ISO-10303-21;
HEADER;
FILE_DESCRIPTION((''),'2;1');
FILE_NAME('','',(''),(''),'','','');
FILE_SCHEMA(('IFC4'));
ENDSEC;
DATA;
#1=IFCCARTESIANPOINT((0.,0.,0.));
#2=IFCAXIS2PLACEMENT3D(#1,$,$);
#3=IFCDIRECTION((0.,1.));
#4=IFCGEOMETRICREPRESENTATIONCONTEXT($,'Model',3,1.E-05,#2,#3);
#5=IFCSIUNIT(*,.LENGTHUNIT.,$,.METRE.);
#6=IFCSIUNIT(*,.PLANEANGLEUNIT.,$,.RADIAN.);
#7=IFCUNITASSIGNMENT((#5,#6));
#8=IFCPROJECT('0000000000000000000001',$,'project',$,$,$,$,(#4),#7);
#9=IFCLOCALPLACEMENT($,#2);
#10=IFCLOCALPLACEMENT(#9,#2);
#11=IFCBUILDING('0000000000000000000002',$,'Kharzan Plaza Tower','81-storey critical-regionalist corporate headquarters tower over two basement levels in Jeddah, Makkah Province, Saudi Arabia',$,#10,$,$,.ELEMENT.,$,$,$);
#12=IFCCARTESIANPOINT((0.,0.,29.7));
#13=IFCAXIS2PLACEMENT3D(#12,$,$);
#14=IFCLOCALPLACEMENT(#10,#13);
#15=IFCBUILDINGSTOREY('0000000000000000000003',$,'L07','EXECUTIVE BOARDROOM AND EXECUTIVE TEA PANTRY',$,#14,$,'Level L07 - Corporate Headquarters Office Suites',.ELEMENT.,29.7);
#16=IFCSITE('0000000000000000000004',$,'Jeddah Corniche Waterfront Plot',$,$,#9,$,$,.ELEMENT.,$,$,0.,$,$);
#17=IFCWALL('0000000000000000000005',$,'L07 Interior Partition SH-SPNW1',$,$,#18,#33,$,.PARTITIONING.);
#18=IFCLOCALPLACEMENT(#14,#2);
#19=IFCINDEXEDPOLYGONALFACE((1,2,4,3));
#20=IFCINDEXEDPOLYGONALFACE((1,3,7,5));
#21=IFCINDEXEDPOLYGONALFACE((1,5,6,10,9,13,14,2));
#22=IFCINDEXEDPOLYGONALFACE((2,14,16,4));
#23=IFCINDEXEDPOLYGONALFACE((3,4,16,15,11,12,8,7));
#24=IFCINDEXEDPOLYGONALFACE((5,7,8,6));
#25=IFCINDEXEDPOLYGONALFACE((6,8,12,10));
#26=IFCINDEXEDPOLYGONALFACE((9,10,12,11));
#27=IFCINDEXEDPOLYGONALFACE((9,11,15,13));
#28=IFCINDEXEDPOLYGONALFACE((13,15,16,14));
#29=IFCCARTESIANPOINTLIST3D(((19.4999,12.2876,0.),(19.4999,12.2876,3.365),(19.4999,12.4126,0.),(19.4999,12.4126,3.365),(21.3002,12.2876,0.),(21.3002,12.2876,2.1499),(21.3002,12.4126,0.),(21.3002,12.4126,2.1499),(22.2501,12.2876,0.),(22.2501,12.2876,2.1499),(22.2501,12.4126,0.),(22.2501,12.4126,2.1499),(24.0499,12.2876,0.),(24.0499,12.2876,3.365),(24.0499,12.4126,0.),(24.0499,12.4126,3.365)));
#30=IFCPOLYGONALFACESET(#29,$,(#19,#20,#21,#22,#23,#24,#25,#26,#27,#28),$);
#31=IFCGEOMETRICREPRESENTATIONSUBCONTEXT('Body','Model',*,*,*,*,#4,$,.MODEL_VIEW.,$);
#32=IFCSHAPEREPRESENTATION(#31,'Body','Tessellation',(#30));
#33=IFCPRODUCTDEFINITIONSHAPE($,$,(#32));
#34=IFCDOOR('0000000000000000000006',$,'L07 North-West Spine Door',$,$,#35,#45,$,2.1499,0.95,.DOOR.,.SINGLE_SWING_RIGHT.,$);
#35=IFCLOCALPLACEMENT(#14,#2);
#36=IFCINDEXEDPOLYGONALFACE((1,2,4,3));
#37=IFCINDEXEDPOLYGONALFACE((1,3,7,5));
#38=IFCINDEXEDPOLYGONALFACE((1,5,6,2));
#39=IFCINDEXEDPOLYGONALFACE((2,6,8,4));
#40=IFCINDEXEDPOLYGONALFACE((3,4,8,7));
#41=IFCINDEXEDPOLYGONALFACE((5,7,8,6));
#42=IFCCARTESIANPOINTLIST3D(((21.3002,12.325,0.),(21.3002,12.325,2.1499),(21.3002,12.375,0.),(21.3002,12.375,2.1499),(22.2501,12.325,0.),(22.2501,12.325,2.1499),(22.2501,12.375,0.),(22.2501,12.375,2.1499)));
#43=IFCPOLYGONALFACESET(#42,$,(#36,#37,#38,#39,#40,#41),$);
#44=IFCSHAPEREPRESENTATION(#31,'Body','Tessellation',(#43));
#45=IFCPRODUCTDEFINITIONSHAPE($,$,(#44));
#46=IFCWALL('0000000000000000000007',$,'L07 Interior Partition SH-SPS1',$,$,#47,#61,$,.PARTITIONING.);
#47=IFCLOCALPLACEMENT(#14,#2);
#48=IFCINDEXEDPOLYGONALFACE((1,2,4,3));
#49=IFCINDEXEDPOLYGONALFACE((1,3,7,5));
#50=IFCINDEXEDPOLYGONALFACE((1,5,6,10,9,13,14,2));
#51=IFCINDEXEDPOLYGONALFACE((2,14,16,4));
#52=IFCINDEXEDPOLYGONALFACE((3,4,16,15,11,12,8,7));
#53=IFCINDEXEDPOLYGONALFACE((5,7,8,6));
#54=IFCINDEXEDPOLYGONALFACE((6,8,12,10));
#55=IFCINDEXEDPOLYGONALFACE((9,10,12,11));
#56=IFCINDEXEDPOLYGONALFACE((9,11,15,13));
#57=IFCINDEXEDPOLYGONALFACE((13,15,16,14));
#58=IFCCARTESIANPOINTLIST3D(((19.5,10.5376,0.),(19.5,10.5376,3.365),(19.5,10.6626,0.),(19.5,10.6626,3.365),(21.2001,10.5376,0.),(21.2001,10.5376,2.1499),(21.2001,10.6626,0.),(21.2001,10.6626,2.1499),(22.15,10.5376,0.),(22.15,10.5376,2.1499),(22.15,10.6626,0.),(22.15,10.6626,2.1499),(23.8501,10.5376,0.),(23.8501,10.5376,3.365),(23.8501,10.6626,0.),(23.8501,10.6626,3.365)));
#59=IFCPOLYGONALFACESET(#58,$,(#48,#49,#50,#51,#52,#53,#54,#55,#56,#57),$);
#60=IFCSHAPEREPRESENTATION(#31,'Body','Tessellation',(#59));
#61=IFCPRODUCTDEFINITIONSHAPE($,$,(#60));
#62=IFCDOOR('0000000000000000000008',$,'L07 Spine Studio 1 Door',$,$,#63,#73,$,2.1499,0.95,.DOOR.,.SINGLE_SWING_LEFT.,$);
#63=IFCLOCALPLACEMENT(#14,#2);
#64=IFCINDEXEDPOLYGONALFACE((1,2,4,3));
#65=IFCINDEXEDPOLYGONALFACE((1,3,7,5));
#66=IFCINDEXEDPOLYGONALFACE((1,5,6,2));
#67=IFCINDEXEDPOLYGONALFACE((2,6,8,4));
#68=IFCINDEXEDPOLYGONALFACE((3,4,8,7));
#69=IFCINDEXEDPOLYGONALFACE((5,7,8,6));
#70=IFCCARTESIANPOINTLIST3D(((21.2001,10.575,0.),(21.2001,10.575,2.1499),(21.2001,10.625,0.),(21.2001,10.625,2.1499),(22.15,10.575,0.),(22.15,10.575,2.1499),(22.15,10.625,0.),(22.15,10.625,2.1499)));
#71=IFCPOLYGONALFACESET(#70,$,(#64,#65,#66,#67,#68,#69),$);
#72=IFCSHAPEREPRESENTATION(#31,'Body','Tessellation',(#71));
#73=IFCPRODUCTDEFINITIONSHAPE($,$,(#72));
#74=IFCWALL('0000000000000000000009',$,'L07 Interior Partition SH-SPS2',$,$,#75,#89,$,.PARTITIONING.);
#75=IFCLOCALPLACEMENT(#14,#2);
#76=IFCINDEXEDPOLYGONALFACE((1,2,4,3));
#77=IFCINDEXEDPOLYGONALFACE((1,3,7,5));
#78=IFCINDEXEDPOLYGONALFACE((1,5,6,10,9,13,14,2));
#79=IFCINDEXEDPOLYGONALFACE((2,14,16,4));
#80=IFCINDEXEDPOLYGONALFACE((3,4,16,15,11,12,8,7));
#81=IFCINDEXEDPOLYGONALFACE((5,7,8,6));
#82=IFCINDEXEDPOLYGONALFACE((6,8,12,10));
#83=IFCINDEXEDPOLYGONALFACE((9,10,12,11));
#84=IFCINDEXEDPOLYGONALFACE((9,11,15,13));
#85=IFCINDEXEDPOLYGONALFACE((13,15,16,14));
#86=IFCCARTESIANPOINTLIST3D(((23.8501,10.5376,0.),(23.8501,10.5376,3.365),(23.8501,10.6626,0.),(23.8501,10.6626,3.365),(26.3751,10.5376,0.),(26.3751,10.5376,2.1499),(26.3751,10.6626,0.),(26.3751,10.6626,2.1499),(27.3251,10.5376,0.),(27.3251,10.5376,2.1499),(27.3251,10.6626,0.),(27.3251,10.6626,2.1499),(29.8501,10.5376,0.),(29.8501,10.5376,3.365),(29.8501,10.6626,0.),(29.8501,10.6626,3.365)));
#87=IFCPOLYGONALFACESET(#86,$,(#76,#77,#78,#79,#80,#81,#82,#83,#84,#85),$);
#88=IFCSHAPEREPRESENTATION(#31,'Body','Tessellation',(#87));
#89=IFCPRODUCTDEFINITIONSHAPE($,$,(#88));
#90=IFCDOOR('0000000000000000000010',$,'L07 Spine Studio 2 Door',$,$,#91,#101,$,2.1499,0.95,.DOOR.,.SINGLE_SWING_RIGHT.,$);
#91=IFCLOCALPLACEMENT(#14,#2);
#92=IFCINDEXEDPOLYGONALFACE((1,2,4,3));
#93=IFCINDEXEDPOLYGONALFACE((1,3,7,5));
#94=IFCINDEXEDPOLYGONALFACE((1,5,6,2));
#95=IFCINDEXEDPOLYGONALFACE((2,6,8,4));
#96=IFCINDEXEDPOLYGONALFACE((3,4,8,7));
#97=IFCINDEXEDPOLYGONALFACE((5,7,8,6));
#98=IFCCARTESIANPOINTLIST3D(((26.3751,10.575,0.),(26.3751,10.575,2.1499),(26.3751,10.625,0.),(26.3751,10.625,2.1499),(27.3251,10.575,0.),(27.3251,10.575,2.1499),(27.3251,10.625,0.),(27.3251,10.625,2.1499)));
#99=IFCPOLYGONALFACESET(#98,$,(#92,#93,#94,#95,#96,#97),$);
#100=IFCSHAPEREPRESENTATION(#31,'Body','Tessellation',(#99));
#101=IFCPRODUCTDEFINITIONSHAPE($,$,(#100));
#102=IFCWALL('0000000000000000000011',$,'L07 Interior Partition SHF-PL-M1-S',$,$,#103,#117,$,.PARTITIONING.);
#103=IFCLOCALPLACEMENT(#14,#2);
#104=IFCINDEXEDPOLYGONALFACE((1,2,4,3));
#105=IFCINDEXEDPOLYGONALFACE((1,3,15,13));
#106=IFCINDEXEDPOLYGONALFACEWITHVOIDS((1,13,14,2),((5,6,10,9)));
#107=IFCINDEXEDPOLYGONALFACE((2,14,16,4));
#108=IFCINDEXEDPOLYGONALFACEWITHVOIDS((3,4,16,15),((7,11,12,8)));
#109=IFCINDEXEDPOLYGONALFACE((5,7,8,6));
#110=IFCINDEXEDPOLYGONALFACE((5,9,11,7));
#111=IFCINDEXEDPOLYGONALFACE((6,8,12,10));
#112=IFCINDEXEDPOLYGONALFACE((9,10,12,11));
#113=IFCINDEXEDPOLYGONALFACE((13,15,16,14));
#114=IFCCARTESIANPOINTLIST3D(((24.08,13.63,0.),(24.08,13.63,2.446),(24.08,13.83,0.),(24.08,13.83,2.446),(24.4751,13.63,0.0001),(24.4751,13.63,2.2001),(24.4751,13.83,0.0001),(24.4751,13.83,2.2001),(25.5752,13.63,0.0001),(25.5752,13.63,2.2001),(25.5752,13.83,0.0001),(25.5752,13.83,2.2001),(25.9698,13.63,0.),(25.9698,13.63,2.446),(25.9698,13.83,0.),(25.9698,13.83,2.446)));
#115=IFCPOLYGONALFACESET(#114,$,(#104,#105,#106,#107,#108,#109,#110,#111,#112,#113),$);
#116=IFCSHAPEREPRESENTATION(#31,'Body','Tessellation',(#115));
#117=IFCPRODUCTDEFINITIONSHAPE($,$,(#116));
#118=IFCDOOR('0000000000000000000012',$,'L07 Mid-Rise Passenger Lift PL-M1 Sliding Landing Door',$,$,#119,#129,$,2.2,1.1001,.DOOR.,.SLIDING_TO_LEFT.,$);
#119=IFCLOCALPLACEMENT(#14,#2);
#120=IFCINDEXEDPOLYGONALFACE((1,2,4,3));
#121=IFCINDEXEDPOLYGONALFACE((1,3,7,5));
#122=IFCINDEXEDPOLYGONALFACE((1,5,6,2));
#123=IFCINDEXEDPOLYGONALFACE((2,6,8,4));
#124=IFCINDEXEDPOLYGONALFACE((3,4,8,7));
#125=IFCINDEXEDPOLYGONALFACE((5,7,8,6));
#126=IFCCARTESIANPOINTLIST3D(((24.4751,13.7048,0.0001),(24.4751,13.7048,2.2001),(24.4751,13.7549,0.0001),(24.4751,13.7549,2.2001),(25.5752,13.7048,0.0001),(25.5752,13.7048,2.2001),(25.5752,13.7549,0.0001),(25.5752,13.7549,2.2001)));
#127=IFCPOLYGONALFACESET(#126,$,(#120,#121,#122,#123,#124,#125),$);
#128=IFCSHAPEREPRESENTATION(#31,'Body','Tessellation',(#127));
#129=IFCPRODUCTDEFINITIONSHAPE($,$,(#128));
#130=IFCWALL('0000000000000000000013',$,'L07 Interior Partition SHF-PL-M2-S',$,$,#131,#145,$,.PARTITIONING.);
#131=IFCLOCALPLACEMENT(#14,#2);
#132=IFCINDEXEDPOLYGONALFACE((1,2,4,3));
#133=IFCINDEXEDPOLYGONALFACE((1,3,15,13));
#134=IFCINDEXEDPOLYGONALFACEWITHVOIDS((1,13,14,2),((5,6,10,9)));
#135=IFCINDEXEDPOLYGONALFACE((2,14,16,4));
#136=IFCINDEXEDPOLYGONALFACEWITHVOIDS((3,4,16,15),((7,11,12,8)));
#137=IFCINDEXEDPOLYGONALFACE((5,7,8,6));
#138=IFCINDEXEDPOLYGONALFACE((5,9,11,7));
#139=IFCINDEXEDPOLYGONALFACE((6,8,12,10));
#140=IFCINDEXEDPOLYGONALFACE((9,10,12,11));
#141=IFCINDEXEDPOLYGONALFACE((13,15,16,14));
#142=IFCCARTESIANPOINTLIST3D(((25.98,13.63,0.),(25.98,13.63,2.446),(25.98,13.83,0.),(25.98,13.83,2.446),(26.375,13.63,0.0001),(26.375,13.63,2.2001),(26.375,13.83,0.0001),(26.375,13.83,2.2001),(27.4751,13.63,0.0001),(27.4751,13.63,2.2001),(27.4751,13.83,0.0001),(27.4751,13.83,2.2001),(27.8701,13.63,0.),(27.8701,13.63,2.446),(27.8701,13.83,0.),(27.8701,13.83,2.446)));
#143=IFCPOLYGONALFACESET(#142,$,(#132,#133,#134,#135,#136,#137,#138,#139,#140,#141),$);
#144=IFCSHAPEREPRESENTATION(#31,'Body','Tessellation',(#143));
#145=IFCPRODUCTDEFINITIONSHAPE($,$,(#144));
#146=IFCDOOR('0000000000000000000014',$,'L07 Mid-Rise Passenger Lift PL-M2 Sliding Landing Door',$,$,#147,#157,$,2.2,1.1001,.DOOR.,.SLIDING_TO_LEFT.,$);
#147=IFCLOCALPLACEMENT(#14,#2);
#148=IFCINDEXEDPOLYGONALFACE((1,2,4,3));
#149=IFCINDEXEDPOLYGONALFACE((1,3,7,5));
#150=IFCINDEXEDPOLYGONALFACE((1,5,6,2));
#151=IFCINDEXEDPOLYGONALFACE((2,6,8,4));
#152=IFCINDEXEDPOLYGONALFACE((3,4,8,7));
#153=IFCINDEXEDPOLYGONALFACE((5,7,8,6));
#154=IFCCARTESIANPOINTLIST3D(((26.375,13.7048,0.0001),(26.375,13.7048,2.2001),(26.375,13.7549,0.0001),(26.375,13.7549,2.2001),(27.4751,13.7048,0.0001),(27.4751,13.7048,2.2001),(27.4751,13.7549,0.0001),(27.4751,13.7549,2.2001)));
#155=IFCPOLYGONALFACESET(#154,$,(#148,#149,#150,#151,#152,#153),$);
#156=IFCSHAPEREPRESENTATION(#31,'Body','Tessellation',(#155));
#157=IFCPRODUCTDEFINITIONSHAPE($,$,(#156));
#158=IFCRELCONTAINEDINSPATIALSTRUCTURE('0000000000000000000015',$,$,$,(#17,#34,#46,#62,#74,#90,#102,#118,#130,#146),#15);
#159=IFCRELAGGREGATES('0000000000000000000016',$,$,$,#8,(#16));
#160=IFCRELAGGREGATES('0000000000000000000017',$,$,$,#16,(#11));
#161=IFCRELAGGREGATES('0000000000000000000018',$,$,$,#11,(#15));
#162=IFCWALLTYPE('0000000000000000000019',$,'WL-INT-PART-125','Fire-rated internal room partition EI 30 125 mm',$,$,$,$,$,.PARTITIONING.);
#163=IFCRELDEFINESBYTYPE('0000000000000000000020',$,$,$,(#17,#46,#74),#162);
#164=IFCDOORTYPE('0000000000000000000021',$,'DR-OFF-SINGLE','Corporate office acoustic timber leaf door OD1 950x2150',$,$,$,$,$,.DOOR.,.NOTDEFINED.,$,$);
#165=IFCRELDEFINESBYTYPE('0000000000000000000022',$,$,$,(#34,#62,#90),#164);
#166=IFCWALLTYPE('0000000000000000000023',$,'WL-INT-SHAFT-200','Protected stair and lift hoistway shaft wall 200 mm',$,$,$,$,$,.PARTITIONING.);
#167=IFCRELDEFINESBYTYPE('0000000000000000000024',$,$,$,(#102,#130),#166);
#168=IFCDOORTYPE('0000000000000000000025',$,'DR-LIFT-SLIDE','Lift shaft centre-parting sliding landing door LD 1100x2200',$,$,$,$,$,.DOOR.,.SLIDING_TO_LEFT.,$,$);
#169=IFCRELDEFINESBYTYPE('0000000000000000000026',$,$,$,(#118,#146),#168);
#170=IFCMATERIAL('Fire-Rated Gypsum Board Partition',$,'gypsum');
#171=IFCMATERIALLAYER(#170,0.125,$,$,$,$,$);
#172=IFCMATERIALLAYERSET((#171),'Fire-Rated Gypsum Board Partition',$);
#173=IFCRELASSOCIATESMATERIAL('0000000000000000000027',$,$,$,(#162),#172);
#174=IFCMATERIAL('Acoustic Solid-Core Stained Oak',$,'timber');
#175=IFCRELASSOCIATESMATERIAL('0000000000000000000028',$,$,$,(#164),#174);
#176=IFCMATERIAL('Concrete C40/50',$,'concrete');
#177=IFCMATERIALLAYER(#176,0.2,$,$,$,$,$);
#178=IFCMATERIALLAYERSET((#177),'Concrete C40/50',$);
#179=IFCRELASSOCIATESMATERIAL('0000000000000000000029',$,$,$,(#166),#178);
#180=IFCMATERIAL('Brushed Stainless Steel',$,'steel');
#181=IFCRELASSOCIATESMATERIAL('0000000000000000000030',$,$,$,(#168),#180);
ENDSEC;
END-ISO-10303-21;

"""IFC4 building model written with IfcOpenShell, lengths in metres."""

from ifc_helpers import new_model, si_unit, direction, frame, frame_2d, origin, place, context, subcontext, project, spatial, rectangle, extrude, source, transform, mapped, material, layer, layer_set, type_object, element, fill, save


model = new_model("IFC4")

# Units and contexts
model_context = context("Model", 3, precision=1e-05, world=origin(), true_north=direction((0.0, 1.0)))
body_context = subcontext(model_context, "Body", "Model", "MODEL_VIEW")
ifc_project = project(units=[si_unit("LENGTHUNIT", "METRE"), si_unit("PLANEANGLEUNIT", "RADIAN")], contexts=[model_context])

# Site, building, storey
site_placement = place(None, origin())
site = spatial("IfcSite", under=ifc_project, at=site_placement, Name="Jeddah Corniche Waterfront Plot", CompositionType="ELEMENT", RefElevation=0.0)
building_placement = place(site_placement, origin())
building = spatial("IfcBuilding", under=site, at=building_placement, Name="Kharzan Plaza Tower", Description="81-storey critical-regionalist corporate headquarters tower over two basement levels in Jeddah, Makkah Province, Saudi Arabia", CompositionType="ELEMENT")
storey_placement = place(building_placement, frame((0.0, 0.0, 29.7)))
storey = spatial("IfcBuildingStorey", under=building, at=storey_placement, Name="L07", Description="EXECUTIVE BOARDROOM AND EXECUTIVE TEA PANTRY", LongName="Level L07 - Corporate Headquarters Office Suites", CompositionType="ELEMENT", Elevation=29.7)

# Walls, openings, doors
ifc_material_1 = material(Name="Fire-Rated Gypsum Board Partition", Category="gypsum")
ifc_layer_1 = layer(ifc_material_1, 0.125)
ifc_layer_set_1 = layer_set([ifc_layer_1], Name="Fire-Rated Gypsum Board Partition")
wall_type_1 = type_object("IfcWallType", Name="WL-INT-PART-125", Description="Fire-rated internal room partition EI 30 125 mm", PredefinedType="PARTITIONING", material=ifc_layer_set_1)
wall_1_placement = place(storey_placement, frame((19.5, 12.3501, 0.0), z_axis=(0.0, 0.0, 1.0), x_axis=(1.0, 0.0, 0.0)))
wall_1 = element("IfcWall", 1, at=wall_1_placement, inside=storey, type_object=wall_type_1, Name="L07 Interior Partition SH-SPNW1", PredefinedType="PARTITIONING", context=body_context, shape_type="SweptSolid", body=[
    extrude(rectangle(XDim=4.55, YDim=0.125, at=frame_2d((2.2749, 0.0))), origin(), (0.0, 0.0, 1.0), 3.365),
])
opening_1_placement = place(wall_1_placement, frame((1.8, 0.0, 0.0)))
opening_1 = element("IfcOpeningElement", 2, at=opening_1_placement, cuts=wall_1, PredefinedType="OPENING", context=body_context, shape_type="SweptSolid", body=[
    extrude(rectangle(XDim=0.95, YDim=2.1499, at=frame_2d((0.4751, 1.075))), frame((0.0, 0.0725, 0.0), z_axis=(0.0, -1.0, 0.0), x_axis=(1.0, 0.0, 0.0)), (0.0, 0.0, 1.0), 0.145),
])
ifc_material_2 = material(Name="Acoustic Solid-Core Stained Oak", Category="timber")
door_type_1 = type_object("IfcDoorType", Name="DR-OFF-SINGLE", Description="Corporate office acoustic timber leaf door OD1 950x2150", OperationType="NOTDEFINED", PredefinedType="DOOR", material=ifc_material_2)
shared_shape_1 = source(origin(), body_context, "Body", "SweptSolid", [
    extrude(rectangle(XDim=0.95, YDim=2.1499, at=frame_2d((0.4751, 1.075))), frame((0.0, 0.0249, 0.0), z_axis=(0.0, -1.0, 0.0), x_axis=(1.0, 0.0, 0.0)), (0.0, 0.0, 1.0), 0.05),
])
door_1_placement = place(opening_1_placement, origin())
door_1 = element("IfcDoor", 3, at=door_1_placement, inside=storey, type_object=door_type_1, Name="L07 North-West Spine Door", OperationType="SINGLE_SWING_RIGHT", OverallHeight=2.1499, OverallWidth=0.95, PredefinedType="DOOR", context=body_context, shape_type="MappedRepresentation", body=[
    mapped(shared_shape_1, transform((0.0, 0.0, 0.0), x_axis=(1.0, 0.0, 0.0), y_axis=(0.0, 1.0, 0.0), z_axis=(0.0, 0.0, 1.0))),
])
fill(opening_1, door_1)
wall_2_placement = place(storey_placement, frame((19.5, 10.6001, 0.0), z_axis=(0.0, 0.0, 1.0), x_axis=(1.0, 0.0, 0.0)))
wall_2 = element("IfcWall", 4, at=wall_2_placement, inside=storey, type_object=wall_type_1, Name="L07 Interior Partition SH-SPS1", PredefinedType="PARTITIONING", context=body_context, shape_type="SweptSolid", body=[
    extrude(rectangle(XDim=4.3501, YDim=0.125, at=frame_2d((2.175, 0.0))), origin(), (0.0, 0.0, 1.0), 3.365),
])
opening_2_placement = place(wall_2_placement, frame((1.7, 0.0, 0.0)))
opening_2 = element("IfcOpeningElement", 5, at=opening_2_placement, cuts=wall_2, PredefinedType="OPENING", context=body_context, shape_type="SweptSolid", body=[
    extrude(rectangle(XDim=0.95, YDim=2.1499, at=frame_2d((0.4751, 1.075))), frame((0.0, 0.0725, 0.0), z_axis=(0.0, -1.0, 0.0), x_axis=(1.0, 0.0, 0.0)), (0.0, 0.0, 1.0), 0.145),
])
door_2_placement = place(opening_2_placement, origin())
door_2 = element("IfcDoor", 6, at=door_2_placement, inside=storey, type_object=door_type_1, Name="L07 Spine Studio 1 Door", OperationType="SINGLE_SWING_LEFT", OverallHeight=2.1499, OverallWidth=0.95, PredefinedType="DOOR", context=body_context, shape_type="MappedRepresentation", body=[
    mapped(shared_shape_1, transform((0.0, 0.0, 0.0), x_axis=(1.0, 0.0, 0.0), y_axis=(0.0, 1.0, 0.0), z_axis=(0.0, 0.0, 1.0))),
])
fill(opening_2, door_2)
wall_3_placement = place(storey_placement, frame((23.8501, 10.6001, 0.0), z_axis=(0.0, 0.0, 1.0), x_axis=(1.0, 0.0, 0.0)))
wall_3 = element("IfcWall", 7, at=wall_3_placement, inside=storey, type_object=wall_type_1, Name="L07 Interior Partition SH-SPS2", PredefinedType="PARTITIONING", context=body_context, shape_type="SweptSolid", body=[
    extrude(rectangle(XDim=6.0, YDim=0.125, at=frame_2d((3.0, 0.0))), origin(), (0.0, 0.0, 1.0), 3.365),
])
opening_3_placement = place(wall_3_placement, frame((2.5249, 0.0, 0.0)))
opening_3 = element("IfcOpeningElement", 8, at=opening_3_placement, cuts=wall_3, PredefinedType="OPENING", context=body_context, shape_type="SweptSolid", body=[
    extrude(rectangle(XDim=0.95, YDim=2.1499, at=frame_2d((0.4751, 1.075))), frame((0.0, 0.0725, 0.0), z_axis=(0.0, -1.0, 0.0), x_axis=(1.0, 0.0, 0.0)), (0.0, 0.0, 1.0), 0.145),
])
door_3_placement = place(opening_3_placement, origin())
door_3 = element("IfcDoor", 9, at=door_3_placement, inside=storey, type_object=door_type_1, Name="L07 Spine Studio 2 Door", OperationType="SINGLE_SWING_RIGHT", OverallHeight=2.1499, OverallWidth=0.95, PredefinedType="DOOR", context=body_context, shape_type="MappedRepresentation", body=[
    mapped(shared_shape_1, transform((0.0, 0.0, 0.0), x_axis=(1.0, 0.0, 0.0), y_axis=(0.0, 1.0, 0.0), z_axis=(0.0, 0.0, 1.0))),
])
fill(opening_3, door_3)
ifc_material_3 = material(Name="Concrete C40/50", Category="concrete")
ifc_layer_2 = layer(ifc_material_3, 0.2)
ifc_layer_set_2 = layer_set([ifc_layer_2], Name="Concrete C40/50")
wall_type_2 = type_object("IfcWallType", Name="WL-INT-SHAFT-200", Description="Protected stair and lift hoistway shaft wall 200 mm", PredefinedType="PARTITIONING", material=ifc_layer_set_2)
wall_4_placement = place(storey_placement, frame((24.0801, 13.73, 0.0), z_axis=(0.0, 0.0, 1.0), x_axis=(1.0, 0.0, 0.0)))
wall_4 = element("IfcWall", 10, at=wall_4_placement, inside=storey, type_object=wall_type_2, Name="L07 Interior Partition SHF-PL-M1-S", PredefinedType="PARTITIONING", context=body_context, shape_type="SweptSolid", body=[
    extrude(rectangle(XDim=1.8899, YDim=0.2, at=frame_2d((0.9448, 0.0))), origin(), (0.0, 0.0, 1.0), 2.446),
])
opening_4_placement = place(wall_4_placement, frame((0.395, 0.0, 0.0)))
opening_4 = element("IfcOpeningElement", 11, at=opening_4_placement, cuts=wall_4, PredefinedType="OPENING", context=body_context, shape_type="SweptSolid", body=[
    extrude(rectangle(XDim=1.1001, YDim=2.2, at=frame_2d((0.55, 1.1001))), frame((0.0, 0.1099, 0.0), z_axis=(0.0, -1.0, 0.0), x_axis=(1.0, 0.0, 0.0)), (0.0, 0.0, 1.0), 0.22),
])
ifc_material_4 = material(Name="Brushed Stainless Steel", Category="steel")
door_type_2 = type_object("IfcDoorType", Name="DR-LIFT-SLIDE", Description="Lift shaft centre-parting sliding landing door LD 1100x2200", OperationType="SLIDING_TO_LEFT", PredefinedType="DOOR", material=ifc_material_4)
shared_shape_2 = source(origin(), body_context, "Body", "SweptSolid", [
    extrude(rectangle(XDim=1.1001, YDim=2.2, at=frame_2d((0.55, 1.1001))), frame((0.0, 0.0249, 0.0), z_axis=(0.0, -1.0, 0.0), x_axis=(1.0, 0.0, 0.0)), (0.0, 0.0, 1.0), 0.05),
])
door_4_placement = place(opening_4_placement, origin())
door_4 = element("IfcDoor", 12, at=door_4_placement, inside=storey, type_object=door_type_2, Name="L07 Mid-Rise Passenger Lift PL-M1 Sliding Landing Door", OperationType="SLIDING_TO_LEFT", OverallHeight=2.2, OverallWidth=1.1001, PredefinedType="DOOR", context=body_context, shape_type="MappedRepresentation", body=[
    mapped(shared_shape_2, transform((0.0, 0.0, 0.0), x_axis=(1.0, 0.0, 0.0), y_axis=(0.0, 1.0, 0.0), z_axis=(0.0, 0.0, 1.0))),
])
fill(opening_4, door_4)
wall_5_placement = place(storey_placement, frame((25.98, 13.73, 0.0), z_axis=(0.0, 0.0, 1.0), x_axis=(1.0, 0.0, 0.0)))
wall_5 = element("IfcWall", 13, at=wall_5_placement, inside=storey, type_object=wall_type_2, Name="L07 Interior Partition SHF-PL-M2-S", PredefinedType="PARTITIONING", context=body_context, shape_type="SweptSolid", body=[
    extrude(rectangle(XDim=1.8901, YDim=0.2, at=frame_2d((0.9451, 0.0))), origin(), (0.0, 0.0, 1.0), 2.446),
])
opening_5_placement = place(wall_5_placement, frame((0.395, 0.0, 0.0)))
opening_5 = element("IfcOpeningElement", 14, at=opening_5_placement, cuts=wall_5, PredefinedType="OPENING", context=body_context, shape_type="SweptSolid", body=[
    extrude(rectangle(XDim=1.1001, YDim=2.2, at=frame_2d((0.55, 1.1001))), frame((0.0, 0.1099, 0.0), z_axis=(0.0, -1.0, 0.0), x_axis=(1.0, 0.0, 0.0)), (0.0, 0.0, 1.0), 0.22),
])
door_5_placement = place(opening_5_placement, origin())
door_5 = element("IfcDoor", 15, at=door_5_placement, inside=storey, type_object=door_type_2, Name="L07 Mid-Rise Passenger Lift PL-M2 Sliding Landing Door", OperationType="SLIDING_TO_LEFT", OverallHeight=2.2, OverallWidth=1.1001, PredefinedType="DOOR", context=body_context, shape_type="MappedRepresentation", body=[
    mapped(shared_shape_2, transform((0.0, 0.0, 0.0), x_axis=(1.0, 0.0, 0.0), y_axis=(0.0, 1.0, 0.0), z_axis=(0.0, 0.0, 1.0))),
])
fill(opening_5, door_5)

save(model, "model.ifc")
